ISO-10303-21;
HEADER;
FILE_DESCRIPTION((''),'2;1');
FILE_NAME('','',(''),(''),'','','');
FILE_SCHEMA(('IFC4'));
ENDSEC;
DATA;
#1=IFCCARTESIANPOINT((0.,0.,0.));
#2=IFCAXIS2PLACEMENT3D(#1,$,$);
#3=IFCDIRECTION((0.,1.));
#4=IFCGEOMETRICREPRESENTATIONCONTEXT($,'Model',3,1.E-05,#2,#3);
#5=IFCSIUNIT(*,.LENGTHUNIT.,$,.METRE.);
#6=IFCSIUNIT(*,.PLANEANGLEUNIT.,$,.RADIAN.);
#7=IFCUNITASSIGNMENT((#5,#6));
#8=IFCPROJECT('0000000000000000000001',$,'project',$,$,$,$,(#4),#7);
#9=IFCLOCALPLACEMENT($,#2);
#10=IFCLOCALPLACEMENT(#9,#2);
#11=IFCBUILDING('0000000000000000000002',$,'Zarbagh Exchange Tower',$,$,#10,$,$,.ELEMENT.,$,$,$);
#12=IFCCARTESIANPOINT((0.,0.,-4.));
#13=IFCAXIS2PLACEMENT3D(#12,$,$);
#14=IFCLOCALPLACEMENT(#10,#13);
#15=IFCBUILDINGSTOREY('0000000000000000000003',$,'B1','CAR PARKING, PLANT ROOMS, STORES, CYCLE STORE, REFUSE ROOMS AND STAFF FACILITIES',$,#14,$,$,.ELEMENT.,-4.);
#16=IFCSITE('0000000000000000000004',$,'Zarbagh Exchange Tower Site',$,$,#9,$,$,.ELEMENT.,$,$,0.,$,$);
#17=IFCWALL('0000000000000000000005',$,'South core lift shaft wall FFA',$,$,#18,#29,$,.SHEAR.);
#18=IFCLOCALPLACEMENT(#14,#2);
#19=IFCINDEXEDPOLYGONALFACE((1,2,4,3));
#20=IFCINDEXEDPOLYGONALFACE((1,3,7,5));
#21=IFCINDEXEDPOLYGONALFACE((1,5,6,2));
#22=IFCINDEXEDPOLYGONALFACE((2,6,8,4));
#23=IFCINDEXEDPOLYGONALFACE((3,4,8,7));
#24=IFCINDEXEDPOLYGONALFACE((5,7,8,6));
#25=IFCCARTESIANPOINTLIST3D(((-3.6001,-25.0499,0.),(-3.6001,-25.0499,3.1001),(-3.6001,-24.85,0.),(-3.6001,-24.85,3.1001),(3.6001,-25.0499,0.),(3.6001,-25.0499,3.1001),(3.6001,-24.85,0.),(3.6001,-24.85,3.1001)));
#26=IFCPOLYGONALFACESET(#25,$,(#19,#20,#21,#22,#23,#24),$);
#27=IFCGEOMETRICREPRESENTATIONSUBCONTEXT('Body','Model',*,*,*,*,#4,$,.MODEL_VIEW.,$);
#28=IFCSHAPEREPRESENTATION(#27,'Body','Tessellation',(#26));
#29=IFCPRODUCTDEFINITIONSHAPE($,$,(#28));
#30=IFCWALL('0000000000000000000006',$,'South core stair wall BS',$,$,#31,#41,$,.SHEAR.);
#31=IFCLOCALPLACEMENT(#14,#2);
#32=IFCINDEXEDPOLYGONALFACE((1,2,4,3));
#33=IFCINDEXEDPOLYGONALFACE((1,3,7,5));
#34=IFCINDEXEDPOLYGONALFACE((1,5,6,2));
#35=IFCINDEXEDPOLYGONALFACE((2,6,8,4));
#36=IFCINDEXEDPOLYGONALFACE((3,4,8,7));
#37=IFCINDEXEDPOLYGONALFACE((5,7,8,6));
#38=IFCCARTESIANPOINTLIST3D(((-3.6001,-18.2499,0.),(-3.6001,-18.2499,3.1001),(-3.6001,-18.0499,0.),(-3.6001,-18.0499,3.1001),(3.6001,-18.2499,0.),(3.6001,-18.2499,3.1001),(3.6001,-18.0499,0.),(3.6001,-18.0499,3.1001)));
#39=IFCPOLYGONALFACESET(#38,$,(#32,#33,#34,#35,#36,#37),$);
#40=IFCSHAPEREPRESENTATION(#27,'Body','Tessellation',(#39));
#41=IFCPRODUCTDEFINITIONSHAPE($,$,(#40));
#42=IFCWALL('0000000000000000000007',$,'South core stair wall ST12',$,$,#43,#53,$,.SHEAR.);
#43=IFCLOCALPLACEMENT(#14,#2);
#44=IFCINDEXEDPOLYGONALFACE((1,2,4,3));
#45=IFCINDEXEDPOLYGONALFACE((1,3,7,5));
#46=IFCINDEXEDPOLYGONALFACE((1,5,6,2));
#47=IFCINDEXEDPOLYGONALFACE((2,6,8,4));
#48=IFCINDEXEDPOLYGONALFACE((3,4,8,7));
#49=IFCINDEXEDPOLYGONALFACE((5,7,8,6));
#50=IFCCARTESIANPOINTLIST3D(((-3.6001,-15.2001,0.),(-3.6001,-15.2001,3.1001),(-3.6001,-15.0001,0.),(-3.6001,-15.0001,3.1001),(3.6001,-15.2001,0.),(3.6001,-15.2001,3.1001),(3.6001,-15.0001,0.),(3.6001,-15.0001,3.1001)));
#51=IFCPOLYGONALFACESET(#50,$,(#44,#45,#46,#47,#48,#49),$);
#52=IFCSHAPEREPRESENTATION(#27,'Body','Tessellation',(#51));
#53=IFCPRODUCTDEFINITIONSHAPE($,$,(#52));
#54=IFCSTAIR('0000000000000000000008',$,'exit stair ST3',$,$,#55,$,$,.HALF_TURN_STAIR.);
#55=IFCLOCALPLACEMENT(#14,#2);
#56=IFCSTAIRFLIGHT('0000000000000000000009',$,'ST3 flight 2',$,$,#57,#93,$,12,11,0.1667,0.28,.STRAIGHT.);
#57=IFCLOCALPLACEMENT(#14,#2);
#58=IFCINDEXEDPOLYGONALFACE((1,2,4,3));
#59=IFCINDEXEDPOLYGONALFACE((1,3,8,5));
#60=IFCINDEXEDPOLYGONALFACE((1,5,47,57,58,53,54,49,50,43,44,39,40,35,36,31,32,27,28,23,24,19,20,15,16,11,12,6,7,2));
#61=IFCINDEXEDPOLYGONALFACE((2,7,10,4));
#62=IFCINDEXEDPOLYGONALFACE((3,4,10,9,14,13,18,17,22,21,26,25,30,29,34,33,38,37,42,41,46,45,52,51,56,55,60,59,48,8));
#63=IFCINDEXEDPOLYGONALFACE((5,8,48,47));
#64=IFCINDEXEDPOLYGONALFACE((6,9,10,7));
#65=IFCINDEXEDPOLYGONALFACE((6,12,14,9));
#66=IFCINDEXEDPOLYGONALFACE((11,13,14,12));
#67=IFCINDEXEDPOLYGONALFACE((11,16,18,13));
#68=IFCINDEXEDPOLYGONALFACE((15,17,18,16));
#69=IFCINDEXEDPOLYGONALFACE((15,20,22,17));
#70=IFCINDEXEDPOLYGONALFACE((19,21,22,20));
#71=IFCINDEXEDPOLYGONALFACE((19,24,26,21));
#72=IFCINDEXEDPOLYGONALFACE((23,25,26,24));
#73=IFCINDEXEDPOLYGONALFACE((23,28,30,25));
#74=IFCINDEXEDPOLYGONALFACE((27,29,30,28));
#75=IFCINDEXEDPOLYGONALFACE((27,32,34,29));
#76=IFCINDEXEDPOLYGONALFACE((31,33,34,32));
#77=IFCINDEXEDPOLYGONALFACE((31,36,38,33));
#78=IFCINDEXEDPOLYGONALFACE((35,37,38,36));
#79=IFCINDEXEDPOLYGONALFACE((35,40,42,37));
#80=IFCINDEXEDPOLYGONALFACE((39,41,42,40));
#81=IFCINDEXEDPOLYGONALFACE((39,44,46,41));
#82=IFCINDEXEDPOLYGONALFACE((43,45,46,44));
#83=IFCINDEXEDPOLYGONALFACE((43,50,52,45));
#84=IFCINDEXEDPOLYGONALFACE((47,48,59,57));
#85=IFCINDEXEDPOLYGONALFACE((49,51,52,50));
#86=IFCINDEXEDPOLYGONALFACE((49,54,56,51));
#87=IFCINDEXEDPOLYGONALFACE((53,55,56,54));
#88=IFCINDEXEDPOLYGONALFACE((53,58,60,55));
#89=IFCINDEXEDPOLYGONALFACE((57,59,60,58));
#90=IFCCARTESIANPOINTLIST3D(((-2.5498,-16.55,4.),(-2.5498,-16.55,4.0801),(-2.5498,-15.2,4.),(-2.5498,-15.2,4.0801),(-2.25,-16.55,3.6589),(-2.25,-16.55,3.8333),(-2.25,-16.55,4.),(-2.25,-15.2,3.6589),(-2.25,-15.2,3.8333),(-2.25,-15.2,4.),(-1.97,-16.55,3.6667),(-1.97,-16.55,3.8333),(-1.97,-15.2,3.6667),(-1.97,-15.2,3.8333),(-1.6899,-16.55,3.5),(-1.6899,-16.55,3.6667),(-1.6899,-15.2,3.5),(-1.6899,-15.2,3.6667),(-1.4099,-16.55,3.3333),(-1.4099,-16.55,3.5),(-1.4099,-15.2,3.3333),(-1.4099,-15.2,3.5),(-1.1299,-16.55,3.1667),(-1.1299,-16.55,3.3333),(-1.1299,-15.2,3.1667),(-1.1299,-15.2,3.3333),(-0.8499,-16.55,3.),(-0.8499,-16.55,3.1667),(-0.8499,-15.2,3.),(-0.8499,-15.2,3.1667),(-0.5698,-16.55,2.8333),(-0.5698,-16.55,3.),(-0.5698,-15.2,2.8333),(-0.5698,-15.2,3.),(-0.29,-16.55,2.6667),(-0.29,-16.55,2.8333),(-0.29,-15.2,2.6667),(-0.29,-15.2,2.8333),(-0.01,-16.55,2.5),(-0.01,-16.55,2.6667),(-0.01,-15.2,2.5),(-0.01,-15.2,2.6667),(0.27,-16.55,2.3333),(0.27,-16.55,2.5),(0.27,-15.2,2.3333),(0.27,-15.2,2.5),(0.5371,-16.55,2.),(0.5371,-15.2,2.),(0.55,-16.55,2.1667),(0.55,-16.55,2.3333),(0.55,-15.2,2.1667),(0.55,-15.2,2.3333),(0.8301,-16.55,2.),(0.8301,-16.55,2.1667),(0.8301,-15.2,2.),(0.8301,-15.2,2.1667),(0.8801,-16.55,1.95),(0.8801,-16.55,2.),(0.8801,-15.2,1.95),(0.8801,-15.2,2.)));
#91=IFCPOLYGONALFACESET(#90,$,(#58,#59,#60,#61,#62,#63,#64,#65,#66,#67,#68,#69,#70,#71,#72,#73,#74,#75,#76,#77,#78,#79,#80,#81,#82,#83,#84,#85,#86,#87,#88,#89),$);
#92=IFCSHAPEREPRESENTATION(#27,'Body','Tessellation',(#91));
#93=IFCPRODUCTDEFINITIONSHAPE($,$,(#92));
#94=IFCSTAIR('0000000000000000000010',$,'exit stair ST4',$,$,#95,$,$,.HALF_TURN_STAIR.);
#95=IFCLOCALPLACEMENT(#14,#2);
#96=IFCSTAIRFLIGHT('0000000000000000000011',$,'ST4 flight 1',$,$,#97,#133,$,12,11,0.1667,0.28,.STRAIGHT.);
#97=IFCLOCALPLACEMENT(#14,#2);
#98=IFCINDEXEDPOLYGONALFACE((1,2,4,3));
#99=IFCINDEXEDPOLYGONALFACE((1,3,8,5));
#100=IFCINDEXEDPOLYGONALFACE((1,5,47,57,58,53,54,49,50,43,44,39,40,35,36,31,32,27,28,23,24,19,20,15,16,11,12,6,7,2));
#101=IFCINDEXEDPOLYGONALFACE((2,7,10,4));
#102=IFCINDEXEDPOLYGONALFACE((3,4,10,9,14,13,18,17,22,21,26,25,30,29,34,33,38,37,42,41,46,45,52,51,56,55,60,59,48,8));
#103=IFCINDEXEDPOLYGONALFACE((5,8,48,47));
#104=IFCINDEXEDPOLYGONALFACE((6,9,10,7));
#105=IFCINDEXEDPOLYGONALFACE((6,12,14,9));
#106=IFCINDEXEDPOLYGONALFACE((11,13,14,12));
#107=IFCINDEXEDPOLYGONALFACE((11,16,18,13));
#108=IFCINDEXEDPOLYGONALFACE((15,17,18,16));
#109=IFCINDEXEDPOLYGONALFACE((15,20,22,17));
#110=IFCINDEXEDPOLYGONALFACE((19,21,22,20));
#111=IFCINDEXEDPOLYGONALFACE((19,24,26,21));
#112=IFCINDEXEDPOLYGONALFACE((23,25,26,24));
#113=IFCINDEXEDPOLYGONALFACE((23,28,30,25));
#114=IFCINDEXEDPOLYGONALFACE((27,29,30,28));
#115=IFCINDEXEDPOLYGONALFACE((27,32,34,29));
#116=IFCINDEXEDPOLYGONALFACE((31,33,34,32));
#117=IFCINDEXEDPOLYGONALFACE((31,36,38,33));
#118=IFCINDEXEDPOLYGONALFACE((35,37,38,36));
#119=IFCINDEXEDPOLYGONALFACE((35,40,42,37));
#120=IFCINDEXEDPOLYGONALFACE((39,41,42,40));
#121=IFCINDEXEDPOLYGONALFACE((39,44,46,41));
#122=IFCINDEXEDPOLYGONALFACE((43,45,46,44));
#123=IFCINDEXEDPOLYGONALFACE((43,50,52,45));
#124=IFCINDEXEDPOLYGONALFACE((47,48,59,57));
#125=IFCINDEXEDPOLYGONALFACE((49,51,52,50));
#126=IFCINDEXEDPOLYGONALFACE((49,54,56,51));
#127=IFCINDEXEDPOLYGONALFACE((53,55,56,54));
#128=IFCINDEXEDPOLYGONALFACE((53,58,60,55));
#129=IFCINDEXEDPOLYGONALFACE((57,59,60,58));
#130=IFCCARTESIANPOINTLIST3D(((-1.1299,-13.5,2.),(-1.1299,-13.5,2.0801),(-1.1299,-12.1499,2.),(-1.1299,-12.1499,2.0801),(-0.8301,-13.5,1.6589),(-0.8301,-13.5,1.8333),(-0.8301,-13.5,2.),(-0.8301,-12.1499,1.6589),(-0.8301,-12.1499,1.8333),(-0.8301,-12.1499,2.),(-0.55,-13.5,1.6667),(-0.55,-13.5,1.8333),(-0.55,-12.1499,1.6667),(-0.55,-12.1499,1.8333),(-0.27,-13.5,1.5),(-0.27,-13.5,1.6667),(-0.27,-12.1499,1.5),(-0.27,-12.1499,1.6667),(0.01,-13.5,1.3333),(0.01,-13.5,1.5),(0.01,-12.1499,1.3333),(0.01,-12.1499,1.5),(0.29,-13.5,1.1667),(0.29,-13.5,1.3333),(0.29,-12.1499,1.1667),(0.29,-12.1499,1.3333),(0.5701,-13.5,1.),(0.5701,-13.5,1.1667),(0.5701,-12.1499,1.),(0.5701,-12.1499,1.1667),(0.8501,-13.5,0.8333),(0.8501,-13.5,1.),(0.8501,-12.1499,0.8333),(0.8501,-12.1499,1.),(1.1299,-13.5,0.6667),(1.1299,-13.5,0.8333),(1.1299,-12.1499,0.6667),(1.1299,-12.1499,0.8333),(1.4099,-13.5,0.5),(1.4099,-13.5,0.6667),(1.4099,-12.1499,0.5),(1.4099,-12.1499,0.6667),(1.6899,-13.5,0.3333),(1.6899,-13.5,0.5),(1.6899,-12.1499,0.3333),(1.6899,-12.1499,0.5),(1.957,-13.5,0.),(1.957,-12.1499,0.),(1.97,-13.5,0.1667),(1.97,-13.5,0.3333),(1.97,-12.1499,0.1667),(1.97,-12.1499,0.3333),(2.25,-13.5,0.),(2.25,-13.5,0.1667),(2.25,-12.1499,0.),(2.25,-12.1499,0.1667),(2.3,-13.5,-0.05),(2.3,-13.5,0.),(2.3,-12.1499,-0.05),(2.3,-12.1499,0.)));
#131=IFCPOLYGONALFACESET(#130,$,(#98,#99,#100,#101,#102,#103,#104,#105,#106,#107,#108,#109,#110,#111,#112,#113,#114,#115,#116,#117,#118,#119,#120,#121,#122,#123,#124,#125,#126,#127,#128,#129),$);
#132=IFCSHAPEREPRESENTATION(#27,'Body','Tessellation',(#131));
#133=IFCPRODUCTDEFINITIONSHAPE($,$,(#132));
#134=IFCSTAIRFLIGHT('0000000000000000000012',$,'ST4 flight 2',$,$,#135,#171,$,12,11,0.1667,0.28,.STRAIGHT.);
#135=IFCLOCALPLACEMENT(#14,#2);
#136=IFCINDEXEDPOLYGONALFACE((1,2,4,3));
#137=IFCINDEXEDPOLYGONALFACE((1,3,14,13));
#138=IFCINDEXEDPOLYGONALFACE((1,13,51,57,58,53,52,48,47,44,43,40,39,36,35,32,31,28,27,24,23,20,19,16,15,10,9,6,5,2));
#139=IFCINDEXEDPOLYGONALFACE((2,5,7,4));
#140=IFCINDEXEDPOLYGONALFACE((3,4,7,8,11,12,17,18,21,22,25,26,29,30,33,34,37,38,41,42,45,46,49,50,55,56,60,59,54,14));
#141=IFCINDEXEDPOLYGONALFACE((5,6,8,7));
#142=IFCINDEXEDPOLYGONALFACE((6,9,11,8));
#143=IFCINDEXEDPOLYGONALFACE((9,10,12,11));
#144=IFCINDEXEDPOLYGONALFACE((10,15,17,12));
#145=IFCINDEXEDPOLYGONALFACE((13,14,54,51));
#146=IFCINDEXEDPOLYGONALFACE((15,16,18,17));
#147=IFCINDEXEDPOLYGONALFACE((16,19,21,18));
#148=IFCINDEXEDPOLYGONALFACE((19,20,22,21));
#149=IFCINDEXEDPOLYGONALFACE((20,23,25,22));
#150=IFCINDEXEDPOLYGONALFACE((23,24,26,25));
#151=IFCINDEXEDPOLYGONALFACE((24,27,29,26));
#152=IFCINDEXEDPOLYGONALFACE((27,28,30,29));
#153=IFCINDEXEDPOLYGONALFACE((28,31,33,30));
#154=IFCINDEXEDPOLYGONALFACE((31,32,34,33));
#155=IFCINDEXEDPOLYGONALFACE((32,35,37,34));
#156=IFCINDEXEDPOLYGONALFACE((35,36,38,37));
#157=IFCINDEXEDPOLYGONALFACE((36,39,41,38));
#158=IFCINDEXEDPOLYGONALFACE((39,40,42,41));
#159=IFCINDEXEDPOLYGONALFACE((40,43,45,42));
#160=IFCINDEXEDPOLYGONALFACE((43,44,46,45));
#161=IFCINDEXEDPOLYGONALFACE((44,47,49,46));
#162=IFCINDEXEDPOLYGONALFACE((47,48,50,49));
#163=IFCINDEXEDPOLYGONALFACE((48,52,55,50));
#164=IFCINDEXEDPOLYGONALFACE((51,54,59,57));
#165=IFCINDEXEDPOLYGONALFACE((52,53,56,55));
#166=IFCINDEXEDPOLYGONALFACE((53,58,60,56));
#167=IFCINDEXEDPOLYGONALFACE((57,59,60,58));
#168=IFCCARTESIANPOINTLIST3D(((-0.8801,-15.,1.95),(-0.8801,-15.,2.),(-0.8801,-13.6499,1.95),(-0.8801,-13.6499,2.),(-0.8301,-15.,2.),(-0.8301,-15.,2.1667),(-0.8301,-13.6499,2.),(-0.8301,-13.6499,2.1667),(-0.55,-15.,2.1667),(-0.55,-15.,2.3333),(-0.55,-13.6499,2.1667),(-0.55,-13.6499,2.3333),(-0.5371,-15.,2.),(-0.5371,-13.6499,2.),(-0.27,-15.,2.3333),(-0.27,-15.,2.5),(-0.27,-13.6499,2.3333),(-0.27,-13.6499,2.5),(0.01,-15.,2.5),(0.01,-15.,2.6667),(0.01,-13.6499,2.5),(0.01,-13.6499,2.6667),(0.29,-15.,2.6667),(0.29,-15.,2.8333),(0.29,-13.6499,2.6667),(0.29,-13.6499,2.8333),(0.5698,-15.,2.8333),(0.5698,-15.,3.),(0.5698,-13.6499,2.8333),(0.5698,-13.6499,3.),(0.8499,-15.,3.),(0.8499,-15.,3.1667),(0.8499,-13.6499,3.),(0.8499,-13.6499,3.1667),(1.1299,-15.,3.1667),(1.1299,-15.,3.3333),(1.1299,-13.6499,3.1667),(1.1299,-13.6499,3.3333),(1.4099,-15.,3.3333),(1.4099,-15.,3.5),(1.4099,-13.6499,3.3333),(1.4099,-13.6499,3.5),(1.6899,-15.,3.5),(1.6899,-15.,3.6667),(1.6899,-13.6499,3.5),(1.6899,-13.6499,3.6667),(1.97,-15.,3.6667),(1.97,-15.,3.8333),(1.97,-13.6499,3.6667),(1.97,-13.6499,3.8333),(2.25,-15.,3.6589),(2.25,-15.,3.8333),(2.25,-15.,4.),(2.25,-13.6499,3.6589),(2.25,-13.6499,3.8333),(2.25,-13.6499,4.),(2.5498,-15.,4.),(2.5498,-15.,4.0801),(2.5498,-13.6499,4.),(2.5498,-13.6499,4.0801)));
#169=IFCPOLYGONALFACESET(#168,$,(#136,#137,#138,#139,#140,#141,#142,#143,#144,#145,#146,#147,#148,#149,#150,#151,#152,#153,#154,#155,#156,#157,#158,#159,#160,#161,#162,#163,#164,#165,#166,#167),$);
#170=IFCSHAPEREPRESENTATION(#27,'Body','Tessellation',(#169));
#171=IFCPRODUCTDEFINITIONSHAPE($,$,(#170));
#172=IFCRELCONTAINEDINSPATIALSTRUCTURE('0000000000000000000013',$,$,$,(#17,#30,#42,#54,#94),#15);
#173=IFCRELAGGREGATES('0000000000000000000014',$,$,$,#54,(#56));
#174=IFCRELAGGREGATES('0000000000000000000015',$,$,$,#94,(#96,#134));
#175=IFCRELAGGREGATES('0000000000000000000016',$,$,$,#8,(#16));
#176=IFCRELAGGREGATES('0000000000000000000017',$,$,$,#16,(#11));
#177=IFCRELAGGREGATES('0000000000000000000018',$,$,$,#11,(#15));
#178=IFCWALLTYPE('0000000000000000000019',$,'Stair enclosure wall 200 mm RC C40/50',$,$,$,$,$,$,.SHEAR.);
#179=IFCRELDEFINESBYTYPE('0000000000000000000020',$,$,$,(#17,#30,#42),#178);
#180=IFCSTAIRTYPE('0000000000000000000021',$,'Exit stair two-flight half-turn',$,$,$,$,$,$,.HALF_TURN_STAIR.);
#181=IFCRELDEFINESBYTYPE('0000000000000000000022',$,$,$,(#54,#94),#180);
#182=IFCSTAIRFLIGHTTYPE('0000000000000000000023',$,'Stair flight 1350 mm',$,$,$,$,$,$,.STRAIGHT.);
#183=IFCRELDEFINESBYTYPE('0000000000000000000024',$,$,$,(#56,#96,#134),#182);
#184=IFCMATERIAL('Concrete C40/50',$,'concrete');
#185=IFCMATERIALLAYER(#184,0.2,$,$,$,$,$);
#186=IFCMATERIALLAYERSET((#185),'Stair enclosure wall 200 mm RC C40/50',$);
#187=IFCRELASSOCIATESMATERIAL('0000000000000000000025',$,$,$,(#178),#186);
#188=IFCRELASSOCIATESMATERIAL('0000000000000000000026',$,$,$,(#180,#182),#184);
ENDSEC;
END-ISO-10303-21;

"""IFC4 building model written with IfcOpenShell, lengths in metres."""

from ifc_helpers import new_model, si_unit, direction, frame, frame_2d, origin, place, context, subcontext, project, spatial, polyline, rectangle, outline, extrude, material, layer, layer_set, type_object, element, aggregate, save


model = new_model("IFC4")

# Units and contexts
model_context = context("Model", 3, precision=1e-05, world=origin(), true_north=direction((0.0, 1.0)))
body_context = subcontext(model_context, "Body", "Model", "MODEL_VIEW")
ifc_project = project(units=[si_unit("LENGTHUNIT", "METRE"), si_unit("PLANEANGLEUNIT", "RADIAN")], contexts=[model_context])

# Site, building, storey
site_placement = place(None, origin())
site = spatial("IfcSite", under=ifc_project, at=site_placement, Name="Zarbagh Exchange Tower Site", CompositionType="ELEMENT", RefElevation=0.0)
building_placement = place(site_placement, origin())
building = spatial("IfcBuilding", under=site, at=building_placement, Name="Zarbagh Exchange Tower", CompositionType="ELEMENT")
storey_placement = place(building_placement, frame((0.0, 0.0, -4.0)))
storey = spatial("IfcBuildingStorey", under=building, at=storey_placement, Name="B1", Description="CAR PARKING, PLANT ROOMS, STORES, CYCLE STORE, REFUSE ROOMS AND STAFF FACILITIES", CompositionType="ELEMENT", Elevation=-4.0)

# Walls
ifc_material_1 = material(Name="Concrete C40/50", Category="concrete")
ifc_layer_1 = layer(ifc_material_1, 0.2)
ifc_layer_set_1 = layer_set([ifc_layer_1], Name="Stair enclosure wall 200 mm RC C40/50")
wall_type_1 = type_object("IfcWallType", Name="Stair enclosure wall 200 mm RC C40/50", PredefinedType="SHEAR", material=ifc_layer_set_1)
for number, where, z_axis, x_axis, name in (
    (1, (3.6001, -24.95, 0.0), (0.0, 0.0, 1.0), (-1.0, 0.0, 0.0), "South core lift shaft wall FFA"),
    (2, (3.6001, -18.1499, 0.0), (0.0, 0.0, 1.0), (-1.0, 0.0, 0.0), "South core stair wall BS"),
    (3, (3.6001, -15.1001, 0.0), (0.0, 0.0, 1.0), (-1.0, 0.0, 0.0), "South core stair wall ST12"),
):
    element("IfcWall", number, at=place(storey_placement, frame(where, z_axis=z_axis, x_axis=x_axis)), inside=storey, type_object=wall_type_1, Name=name, PredefinedType="SHEAR", context=body_context, shape_type="SweptSolid", body=[
        extrude(rectangle(XDim=7.2002, YDim=0.2, at=frame_2d((3.6001, 0.0))), origin(), (0.0, 0.0, 1.0), 3.1001),
    ])

# Stair, stair flight
stair_type = type_object("IfcStairType", Name="Exit stair two-flight half-turn", PredefinedType="HALF_TURN_STAIR", material=ifc_material_1)
stair_1_placement = place(storey_placement, origin())
stair_1 = element("IfcStair", 4, at=stair_1_placement, inside=storey, type_object=stair_type, Name="exit stair ST3", PredefinedType="HALF_TURN_STAIR")
stair_flight_type = type_object("IfcStairFlightType", Name="Stair flight 1350 mm", PredefinedType="STRAIGHT", material=ifc_material_1)
stair_flight_1_placement = place(storey_placement, frame((0.8301, -15.875, 2.0), z_axis=(0.0, 0.0, 1.0), x_axis=(-1.0, 0.0, 0.0)))
stair_flight_1 = element("IfcStairFlight", 5, at=stair_flight_1_placement, type_object=stair_flight_type, Name="ST3 flight 2", NumberOfRisers=12, NumberOfTreads=11, PredefinedType="STRAIGHT", RiserHeight=0.1667, TreadLength=0.28, context=body_context, shape_type="SweptSolid", body=[
    extrude(outline(polyline([(-0.05, -0.05), (-0.05, 0.0), (0.0, 0.0), (0.0, 0.1667), (0.28, 0.1667), (0.28, 0.3333), (0.5601, 0.3333), (0.5601, 0.5), (0.8401, 0.5), (0.8401, 0.6667), (1.1201, 0.6667), (1.1201, 0.8333), (1.3999, 0.8333), (1.3999, 1.0), (1.6799, 1.0), (1.6799, 1.1667), (1.96, 1.1667), (1.96, 1.3333), (2.24, 1.3333), (2.24, 1.5), (2.52, 1.5), (2.52, 1.6667), (2.8, 1.6667), (2.8, 1.8333), (3.0801, 1.8333), (3.0801, 2.0), (3.3799, 2.0801), (3.3799, 2.0), (3.0801, 1.6589), (0.293, 0.0), (-0.05, -0.05)])), frame((0.0, 0.675, 0.0), z_axis=(0.0, -1.0, 0.0), x_axis=(1.0, 0.0, 0.0)), (0.0, 0.0, 1.0), 1.3501),
])
aggregate(stair_1, [stair_flight_1])

# Stair, stair flights
stair_2_placement = place(storey_placement, origin())
stair_2 = element("IfcStair", 6, at=stair_2_placement, inside=storey, type_object=stair_type, Name="exit stair ST4", PredefinedType="HALF_TURN_STAIR")
stair_flight_2_placement = place(storey_placement, frame((2.25, -12.825, 0.0), z_axis=(0.0, 0.0, 1.0), x_axis=(-1.0, 0.0, 0.0)))
stair_flight_2 = element("IfcStairFlight", 7, at=stair_flight_2_placement, type_object=stair_flight_type, Name="ST4 flight 1", NumberOfRisers=12, NumberOfTreads=11, PredefinedType="STRAIGHT", RiserHeight=0.1667, TreadLength=0.28, context=body_context, shape_type="SweptSolid", body=[
    extrude(outline(polyline([(-0.05, -0.05), (-0.05, 0.0), (0.0, 0.0), (0.0, 0.1667), (0.28, 0.1667), (0.28, 0.3333), (0.5601, 0.3333), (0.5601, 0.5), (0.8401, 0.5), (0.8401, 0.6667), (1.1201, 0.6667), (1.1201, 0.8333), (1.3999, 0.8333), (1.3999, 1.0), (1.6799, 1.0), (1.6799, 1.1667), (1.96, 1.1667), (1.96, 1.3333), (2.24, 1.3333), (2.24, 1.5), (2.52, 1.5), (2.52, 1.6667), (2.8, 1.6667), (2.8, 1.8333), (3.0801, 1.8333), (3.0801, 2.0), (3.3799, 2.0801), (3.3799, 2.0), (3.0801, 1.6589), (0.293, 0.0), (-0.05, -0.05)])), frame((0.0, 0.675, 0.0), z_axis=(0.0, -1.0, 0.0), x_axis=(1.0, 0.0, 0.0)), (0.0, 0.0, 1.0), 1.3501),
])
stair_flight_3_placement = place(storey_placement, frame((-0.8301, -14.325, 2.0), z_axis=(0.0, 0.0, 1.0), x_axis=(1.0, 0.0, 0.0)))
stair_flight_3 = element("IfcStairFlight", 8, at=stair_flight_3_placement, type_object=stair_flight_type, Name="ST4 flight 2", NumberOfRisers=12, NumberOfTreads=11, PredefinedType="STRAIGHT", RiserHeight=0.1667, TreadLength=0.28, context=body_context, shape_type="SweptSolid", body=[
    extrude(outline(polyline([(-0.05, -0.05), (-0.05, 0.0), (0.0, 0.0), (0.0, 0.1667), (0.28, 0.1667), (0.28, 0.3333), (0.5601, 0.3333), (0.5601, 0.5), (0.8401, 0.5), (0.8401, 0.6667), (1.1201, 0.6667), (1.1201, 0.8333), (1.3999, 0.8333), (1.3999, 1.0), (1.6799, 1.0), (1.6799, 1.1667), (1.96, 1.1667), (1.96, 1.3333), (2.24, 1.3333), (2.24, 1.5), (2.52, 1.5), (2.52, 1.6667), (2.8, 1.6667), (2.8, 1.8333), (3.0801, 1.8333), (3.0801, 2.0), (3.3799, 2.0801), (3.3799, 2.0), (3.0801, 1.6589), (0.293, 0.0), (-0.05, -0.05)])), frame((0.0, 0.675, 0.0), z_axis=(0.0, -1.0, 0.0), x_axis=(1.0, 0.0, 0.0)), (0.0, 0.0, 1.0), 1.3501),
])
aggregate(stair_2, [stair_flight_2, stair_flight_3])

save(model, "model.ifc")
